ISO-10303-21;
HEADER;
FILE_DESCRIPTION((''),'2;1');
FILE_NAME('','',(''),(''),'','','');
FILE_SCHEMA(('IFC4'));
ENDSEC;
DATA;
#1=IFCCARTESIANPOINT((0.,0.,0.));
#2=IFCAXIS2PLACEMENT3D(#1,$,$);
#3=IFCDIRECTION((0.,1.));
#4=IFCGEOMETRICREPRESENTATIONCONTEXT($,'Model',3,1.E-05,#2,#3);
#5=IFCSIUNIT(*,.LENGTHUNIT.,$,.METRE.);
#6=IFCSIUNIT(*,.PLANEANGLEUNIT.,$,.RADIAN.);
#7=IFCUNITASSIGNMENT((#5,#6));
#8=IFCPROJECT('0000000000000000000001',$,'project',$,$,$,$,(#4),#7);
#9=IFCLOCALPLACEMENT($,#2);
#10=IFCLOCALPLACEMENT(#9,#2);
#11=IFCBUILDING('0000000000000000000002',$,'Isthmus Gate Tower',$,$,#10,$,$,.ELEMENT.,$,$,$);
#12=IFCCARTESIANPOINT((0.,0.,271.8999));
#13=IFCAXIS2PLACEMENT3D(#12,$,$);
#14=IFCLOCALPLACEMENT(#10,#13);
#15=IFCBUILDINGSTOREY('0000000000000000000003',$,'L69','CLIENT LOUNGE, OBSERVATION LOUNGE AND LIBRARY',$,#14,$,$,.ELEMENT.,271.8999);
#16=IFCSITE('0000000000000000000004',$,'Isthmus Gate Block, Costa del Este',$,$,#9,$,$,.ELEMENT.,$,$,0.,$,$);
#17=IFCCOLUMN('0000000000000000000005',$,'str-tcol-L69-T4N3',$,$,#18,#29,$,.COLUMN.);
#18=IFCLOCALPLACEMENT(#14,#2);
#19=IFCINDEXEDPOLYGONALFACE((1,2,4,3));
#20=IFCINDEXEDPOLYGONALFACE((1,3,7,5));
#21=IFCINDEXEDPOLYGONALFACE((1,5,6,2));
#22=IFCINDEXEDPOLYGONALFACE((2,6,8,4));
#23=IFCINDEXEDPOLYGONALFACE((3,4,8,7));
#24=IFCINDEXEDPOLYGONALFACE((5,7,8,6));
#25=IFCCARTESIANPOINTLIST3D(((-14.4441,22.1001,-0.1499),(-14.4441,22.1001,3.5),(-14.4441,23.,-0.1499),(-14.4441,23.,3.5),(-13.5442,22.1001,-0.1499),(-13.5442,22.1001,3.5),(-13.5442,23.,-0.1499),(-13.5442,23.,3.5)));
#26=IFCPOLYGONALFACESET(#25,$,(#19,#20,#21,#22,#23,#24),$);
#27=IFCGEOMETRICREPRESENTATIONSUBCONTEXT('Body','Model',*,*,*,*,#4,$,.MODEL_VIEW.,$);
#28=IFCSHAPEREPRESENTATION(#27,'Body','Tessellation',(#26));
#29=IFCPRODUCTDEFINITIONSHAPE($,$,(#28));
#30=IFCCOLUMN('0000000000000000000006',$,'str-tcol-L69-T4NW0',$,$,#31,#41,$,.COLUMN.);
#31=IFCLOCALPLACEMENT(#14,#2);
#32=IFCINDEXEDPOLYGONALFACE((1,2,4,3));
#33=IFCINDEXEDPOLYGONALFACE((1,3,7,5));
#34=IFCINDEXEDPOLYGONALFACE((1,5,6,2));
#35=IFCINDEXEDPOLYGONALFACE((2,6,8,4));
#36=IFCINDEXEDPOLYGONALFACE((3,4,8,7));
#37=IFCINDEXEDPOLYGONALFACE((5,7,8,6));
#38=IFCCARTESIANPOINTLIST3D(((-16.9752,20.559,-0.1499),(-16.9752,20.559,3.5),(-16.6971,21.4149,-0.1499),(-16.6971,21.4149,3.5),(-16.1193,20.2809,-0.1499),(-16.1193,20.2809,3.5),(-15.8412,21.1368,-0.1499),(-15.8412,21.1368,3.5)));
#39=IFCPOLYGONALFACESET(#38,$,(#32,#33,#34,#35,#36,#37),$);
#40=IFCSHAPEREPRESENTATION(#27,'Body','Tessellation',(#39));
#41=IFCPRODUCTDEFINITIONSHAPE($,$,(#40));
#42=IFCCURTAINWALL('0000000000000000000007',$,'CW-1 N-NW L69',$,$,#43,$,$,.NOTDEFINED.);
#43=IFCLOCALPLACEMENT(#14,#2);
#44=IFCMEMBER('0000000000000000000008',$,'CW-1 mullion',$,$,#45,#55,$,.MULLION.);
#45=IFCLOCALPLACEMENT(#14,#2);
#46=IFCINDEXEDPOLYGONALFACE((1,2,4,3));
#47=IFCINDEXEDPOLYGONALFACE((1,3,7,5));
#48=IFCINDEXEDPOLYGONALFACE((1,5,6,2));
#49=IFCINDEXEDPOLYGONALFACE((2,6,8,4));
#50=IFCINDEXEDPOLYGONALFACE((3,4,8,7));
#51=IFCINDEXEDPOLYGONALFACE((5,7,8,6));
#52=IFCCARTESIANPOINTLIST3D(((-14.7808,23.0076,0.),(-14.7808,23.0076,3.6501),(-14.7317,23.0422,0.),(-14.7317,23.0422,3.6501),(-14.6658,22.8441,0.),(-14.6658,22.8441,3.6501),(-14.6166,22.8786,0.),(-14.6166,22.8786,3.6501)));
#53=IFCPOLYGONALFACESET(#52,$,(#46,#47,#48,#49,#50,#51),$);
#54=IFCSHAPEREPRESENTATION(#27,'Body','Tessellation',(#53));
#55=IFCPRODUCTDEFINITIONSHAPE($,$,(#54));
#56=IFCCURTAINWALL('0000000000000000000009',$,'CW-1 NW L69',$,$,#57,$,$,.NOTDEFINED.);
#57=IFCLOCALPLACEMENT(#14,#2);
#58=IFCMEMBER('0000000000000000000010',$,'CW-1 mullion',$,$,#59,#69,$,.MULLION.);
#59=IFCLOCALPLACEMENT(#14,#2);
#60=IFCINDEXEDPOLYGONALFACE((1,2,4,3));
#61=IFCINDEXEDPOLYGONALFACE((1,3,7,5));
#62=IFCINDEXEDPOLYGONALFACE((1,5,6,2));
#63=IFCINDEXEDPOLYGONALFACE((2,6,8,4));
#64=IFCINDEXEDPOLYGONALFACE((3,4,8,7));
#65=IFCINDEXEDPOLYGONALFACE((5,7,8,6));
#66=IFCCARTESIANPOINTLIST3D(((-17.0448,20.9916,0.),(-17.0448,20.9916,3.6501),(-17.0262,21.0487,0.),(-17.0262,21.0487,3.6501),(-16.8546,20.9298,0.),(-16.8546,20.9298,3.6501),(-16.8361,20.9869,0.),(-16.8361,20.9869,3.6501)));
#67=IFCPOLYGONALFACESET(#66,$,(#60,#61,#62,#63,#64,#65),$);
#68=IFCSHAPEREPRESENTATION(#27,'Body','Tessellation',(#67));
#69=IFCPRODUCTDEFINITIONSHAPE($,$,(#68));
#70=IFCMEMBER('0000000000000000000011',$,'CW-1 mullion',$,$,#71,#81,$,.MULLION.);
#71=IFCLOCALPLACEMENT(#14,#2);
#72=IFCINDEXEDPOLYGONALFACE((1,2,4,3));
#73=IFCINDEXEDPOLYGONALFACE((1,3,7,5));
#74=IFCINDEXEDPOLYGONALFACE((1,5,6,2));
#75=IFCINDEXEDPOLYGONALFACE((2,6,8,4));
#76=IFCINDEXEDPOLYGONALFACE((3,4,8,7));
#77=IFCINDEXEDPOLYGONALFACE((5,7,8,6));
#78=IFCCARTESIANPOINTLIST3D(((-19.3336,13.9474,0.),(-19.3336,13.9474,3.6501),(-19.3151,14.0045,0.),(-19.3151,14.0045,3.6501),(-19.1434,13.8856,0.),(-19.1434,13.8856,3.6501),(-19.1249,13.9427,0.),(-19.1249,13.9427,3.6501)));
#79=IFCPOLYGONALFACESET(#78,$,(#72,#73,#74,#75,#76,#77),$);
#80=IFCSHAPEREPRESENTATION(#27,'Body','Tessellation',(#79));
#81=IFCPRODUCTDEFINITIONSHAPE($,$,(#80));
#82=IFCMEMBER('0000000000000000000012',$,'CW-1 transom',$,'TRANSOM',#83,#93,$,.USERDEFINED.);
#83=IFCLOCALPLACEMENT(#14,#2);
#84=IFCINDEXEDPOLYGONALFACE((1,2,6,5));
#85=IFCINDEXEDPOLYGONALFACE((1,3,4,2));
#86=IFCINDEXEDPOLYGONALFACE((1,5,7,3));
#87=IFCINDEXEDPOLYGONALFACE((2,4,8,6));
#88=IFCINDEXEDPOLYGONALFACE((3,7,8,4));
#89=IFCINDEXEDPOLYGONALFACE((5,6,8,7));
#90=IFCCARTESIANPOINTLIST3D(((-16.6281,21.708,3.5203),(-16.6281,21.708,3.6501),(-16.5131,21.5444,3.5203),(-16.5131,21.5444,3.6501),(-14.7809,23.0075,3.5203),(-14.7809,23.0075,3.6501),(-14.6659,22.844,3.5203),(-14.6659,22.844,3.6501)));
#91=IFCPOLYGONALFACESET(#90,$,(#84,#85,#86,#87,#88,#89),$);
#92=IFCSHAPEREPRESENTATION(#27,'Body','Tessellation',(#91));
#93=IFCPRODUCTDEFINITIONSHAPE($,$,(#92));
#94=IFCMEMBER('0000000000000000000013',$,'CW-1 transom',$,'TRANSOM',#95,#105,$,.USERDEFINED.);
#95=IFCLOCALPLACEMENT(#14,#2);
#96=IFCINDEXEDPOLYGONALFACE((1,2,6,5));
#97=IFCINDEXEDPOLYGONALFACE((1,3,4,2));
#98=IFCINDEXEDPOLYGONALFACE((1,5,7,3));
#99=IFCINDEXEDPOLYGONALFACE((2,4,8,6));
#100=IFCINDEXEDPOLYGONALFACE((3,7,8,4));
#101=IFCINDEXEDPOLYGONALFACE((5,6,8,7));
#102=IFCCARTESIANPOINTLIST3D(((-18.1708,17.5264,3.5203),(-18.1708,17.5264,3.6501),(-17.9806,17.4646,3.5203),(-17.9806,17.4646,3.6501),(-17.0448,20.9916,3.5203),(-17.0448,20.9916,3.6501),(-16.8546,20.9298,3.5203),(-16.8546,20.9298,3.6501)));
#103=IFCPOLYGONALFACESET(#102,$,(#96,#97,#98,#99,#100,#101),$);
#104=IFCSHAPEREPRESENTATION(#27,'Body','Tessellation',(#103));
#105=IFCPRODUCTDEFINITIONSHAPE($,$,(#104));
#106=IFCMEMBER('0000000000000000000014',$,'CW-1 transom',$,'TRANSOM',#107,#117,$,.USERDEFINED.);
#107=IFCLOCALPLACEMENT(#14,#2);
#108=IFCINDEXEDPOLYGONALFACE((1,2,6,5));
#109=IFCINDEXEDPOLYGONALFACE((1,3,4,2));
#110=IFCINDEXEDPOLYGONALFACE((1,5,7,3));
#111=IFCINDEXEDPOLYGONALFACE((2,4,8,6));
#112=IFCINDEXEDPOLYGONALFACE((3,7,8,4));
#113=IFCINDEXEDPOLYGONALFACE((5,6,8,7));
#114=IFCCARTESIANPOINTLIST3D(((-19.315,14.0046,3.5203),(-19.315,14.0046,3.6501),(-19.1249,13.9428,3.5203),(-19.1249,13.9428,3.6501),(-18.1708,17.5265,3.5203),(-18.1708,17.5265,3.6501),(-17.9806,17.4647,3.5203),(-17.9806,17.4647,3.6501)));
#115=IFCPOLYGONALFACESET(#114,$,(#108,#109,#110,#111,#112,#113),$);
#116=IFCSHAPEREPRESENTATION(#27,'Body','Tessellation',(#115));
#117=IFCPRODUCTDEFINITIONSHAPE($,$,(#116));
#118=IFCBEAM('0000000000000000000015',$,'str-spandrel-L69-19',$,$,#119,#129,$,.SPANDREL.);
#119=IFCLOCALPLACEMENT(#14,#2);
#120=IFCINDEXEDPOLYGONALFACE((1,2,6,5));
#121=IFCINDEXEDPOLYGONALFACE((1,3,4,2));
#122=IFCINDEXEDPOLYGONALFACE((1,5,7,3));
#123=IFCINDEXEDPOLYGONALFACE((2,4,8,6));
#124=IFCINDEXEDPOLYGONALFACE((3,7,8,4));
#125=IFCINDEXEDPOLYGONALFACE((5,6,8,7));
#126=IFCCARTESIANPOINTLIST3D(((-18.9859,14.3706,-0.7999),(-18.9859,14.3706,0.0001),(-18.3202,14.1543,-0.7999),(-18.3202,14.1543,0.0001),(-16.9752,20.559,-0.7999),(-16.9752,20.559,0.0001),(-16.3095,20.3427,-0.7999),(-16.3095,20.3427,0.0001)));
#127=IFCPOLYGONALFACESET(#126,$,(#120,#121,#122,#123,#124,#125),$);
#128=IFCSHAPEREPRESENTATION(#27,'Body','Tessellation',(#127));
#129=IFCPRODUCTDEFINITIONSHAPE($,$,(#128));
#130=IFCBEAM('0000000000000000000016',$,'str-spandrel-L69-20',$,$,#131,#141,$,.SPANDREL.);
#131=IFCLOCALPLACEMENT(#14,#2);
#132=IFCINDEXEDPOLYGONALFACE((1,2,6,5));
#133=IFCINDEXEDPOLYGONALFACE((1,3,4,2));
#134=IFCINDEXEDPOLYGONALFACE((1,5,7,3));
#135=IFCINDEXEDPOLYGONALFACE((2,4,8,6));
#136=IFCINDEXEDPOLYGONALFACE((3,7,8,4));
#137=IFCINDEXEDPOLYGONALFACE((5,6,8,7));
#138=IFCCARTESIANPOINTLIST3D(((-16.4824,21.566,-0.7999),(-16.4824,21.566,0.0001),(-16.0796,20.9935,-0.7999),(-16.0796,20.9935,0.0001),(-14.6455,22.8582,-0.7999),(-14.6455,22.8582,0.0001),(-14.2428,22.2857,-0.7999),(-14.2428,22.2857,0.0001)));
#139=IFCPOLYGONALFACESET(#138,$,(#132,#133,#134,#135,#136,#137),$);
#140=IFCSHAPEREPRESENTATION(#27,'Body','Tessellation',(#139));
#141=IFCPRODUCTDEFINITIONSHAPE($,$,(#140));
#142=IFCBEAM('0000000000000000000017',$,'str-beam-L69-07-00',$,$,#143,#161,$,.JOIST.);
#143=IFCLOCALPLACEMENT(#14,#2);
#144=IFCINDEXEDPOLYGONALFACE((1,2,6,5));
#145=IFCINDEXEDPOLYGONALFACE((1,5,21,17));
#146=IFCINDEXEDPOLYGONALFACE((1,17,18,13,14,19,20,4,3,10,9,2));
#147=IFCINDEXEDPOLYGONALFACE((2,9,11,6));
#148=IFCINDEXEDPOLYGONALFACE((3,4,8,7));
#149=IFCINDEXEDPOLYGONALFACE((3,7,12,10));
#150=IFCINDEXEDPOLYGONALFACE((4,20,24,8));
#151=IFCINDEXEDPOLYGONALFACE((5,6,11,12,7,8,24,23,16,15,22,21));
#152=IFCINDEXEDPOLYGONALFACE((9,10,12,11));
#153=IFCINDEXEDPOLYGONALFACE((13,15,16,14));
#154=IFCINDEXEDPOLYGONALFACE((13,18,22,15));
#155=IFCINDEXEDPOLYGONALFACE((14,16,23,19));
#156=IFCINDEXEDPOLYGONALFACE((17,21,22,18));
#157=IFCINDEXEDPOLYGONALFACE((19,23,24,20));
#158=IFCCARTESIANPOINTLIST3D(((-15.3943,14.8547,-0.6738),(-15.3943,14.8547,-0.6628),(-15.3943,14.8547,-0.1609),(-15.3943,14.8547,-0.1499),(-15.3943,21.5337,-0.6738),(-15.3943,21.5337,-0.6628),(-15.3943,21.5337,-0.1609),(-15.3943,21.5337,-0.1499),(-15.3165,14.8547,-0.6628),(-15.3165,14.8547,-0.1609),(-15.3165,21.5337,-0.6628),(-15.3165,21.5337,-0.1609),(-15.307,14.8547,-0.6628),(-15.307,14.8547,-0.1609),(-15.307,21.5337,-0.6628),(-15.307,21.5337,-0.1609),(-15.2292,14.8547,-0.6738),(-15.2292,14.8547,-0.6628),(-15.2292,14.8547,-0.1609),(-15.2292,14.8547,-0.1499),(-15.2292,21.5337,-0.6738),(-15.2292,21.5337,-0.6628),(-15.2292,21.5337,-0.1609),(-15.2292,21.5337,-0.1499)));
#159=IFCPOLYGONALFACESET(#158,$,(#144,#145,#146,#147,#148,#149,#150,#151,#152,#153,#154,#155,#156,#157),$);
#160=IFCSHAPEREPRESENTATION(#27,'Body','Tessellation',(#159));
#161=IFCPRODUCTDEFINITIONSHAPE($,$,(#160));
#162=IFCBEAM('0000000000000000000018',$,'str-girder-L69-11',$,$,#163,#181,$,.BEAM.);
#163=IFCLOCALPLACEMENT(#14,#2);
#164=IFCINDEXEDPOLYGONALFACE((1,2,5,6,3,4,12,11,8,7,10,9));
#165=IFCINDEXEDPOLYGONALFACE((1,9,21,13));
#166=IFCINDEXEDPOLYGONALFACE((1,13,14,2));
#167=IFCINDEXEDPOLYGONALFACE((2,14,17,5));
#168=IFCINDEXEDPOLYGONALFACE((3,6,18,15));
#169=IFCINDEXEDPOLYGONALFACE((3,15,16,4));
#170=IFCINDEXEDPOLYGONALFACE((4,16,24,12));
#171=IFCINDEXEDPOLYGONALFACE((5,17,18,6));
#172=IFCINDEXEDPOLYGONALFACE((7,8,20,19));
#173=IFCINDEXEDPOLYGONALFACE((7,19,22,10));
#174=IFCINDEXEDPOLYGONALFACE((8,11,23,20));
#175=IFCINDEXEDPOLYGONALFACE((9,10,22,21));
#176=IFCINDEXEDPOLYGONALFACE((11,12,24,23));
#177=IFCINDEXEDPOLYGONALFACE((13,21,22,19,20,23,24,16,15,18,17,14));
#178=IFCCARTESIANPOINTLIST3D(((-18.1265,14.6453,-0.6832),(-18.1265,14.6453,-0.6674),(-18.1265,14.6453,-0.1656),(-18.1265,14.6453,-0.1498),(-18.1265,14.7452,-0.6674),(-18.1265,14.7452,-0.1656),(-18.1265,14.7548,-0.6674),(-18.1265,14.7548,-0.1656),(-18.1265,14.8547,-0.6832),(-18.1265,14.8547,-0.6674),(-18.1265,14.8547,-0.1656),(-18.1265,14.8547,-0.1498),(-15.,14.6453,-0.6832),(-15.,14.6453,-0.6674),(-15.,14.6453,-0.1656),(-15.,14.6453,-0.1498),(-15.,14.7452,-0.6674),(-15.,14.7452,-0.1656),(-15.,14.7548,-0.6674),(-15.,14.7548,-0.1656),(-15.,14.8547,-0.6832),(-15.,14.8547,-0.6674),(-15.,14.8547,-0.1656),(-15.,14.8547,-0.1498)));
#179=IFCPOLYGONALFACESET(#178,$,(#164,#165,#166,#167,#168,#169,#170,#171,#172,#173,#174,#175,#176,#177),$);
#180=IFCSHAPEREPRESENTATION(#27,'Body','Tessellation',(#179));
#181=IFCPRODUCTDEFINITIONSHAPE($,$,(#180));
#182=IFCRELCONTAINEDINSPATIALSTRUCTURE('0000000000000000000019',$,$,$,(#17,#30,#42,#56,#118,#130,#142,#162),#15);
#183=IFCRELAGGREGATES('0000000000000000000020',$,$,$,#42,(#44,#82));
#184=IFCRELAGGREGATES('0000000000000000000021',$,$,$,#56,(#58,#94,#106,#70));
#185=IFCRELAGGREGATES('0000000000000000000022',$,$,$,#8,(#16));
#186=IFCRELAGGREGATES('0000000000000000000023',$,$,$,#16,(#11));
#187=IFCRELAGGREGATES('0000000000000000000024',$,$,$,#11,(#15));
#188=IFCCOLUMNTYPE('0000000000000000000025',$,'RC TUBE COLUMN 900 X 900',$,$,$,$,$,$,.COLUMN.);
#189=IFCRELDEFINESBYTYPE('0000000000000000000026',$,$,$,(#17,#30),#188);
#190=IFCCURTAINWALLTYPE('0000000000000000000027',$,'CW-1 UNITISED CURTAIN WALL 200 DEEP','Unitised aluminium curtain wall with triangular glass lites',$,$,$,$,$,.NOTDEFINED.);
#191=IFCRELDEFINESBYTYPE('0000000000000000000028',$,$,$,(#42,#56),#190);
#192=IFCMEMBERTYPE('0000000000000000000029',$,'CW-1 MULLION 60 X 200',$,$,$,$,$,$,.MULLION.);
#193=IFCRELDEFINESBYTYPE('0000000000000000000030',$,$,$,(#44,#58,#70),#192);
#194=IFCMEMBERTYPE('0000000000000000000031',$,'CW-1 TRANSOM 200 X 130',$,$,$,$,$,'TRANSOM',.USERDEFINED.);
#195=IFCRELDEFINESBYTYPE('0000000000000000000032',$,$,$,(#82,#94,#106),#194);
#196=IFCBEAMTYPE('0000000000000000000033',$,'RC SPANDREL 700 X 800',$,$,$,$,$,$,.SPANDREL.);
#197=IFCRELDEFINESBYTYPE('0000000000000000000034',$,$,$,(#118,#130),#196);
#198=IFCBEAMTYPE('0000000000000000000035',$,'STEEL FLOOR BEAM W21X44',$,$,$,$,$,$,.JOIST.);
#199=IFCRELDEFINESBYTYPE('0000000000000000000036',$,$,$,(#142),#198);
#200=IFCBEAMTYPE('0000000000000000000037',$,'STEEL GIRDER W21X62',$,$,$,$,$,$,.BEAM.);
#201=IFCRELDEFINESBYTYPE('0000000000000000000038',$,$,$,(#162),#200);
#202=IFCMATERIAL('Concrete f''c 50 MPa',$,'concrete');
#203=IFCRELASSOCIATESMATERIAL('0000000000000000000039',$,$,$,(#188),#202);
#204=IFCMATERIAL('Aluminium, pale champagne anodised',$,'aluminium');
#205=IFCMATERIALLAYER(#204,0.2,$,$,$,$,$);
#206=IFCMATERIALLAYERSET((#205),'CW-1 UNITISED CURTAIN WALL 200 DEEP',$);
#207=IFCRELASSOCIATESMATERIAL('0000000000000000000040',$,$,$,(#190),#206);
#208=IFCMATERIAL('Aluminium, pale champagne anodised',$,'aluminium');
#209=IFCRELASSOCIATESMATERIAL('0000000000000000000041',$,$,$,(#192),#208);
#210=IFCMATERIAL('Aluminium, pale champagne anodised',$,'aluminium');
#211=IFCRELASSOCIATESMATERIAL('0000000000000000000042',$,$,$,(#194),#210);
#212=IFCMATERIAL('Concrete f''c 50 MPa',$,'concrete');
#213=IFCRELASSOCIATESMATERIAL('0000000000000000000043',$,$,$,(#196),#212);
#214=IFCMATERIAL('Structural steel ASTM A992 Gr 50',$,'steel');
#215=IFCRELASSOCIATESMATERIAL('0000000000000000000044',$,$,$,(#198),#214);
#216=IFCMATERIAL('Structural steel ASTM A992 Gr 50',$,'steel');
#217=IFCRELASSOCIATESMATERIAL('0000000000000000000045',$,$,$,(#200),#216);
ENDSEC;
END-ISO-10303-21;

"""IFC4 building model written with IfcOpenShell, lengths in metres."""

from ifc_helpers import new_model, si_unit, direction, frame, origin, origin_2d, place, context, subcontext, project, spatial, rectangle, i_section, extrude, material, layer, layer_set, material_profile, profile_set, type_object, element, aggregate, save


model = new_model("IFC4")

# Units and contexts
model_context = context("Model", 3, precision=1e-05, world=origin(), true_north=direction((0.0, 1.0)))
body_context = subcontext(model_context, "Body", "Model", "MODEL_VIEW")
ifc_project = project(units=[si_unit("LENGTHUNIT", "METRE"), si_unit("PLANEANGLEUNIT", "RADIAN")], contexts=[model_context])

# Site, building, storey
site_placement = place(None, origin())
site = spatial("IfcSite", under=ifc_project, at=site_placement, Name="Isthmus Gate Block, Costa del Este", CompositionType="ELEMENT", RefElevation=0.0)
building_placement = place(site_placement, origin())
building = spatial("IfcBuilding", under=site, at=building_placement, Name="Isthmus Gate Tower", CompositionType="ELEMENT")
storey_placement = place(building_placement, frame((0.0, 0.0, 271.8999)))
storey = spatial("IfcBuildingStorey", under=building, at=storey_placement, Name="L69", Description="CLIENT LOUNGE, OBSERVATION LOUNGE AND LIBRARY", CompositionType="ELEMENT", Elevation=271.8999)

# Columns
ifc_material_1 = material(Name="Concrete f'c 50 MPa", Category="concrete")
ifc_material_profile_1 = material_profile(ifc_material_1, rectangle(XDim=0.8999, YDim=0.8999, at=origin_2d()), Name="RC 900X900")
ifc_profile_set_1 = profile_set([ifc_material_profile_1], Name="Concrete f'c 50 MPa")
column_type = type_object("IfcColumnType", Name="RC TUBE COLUMN 900 X 900", PredefinedType="COLUMN", material=ifc_profile_set_1)
for number, where, z_axis, x_axis, name in (
    (1, (-13.9941, 22.55, -0.1499), (0.0, 0.0, 1.0), (-1.0, 0.0, 0.0), "str-tcol-L69-T4N3"),
    (2, (-16.4082, 20.8479, -0.1499), (0.0, 0.0, 1.0), (-0.309017, -0.951057, 0.0), "str-tcol-L69-T4NW0"),
):
    element("IfcColumn", number, at=place(storey_placement, frame(where, z_axis=z_axis, x_axis=x_axis)), inside=storey, type_object=column_type, Name=name, PredefinedType="COLUMN", context=body_context, shape_type="SweptSolid", body=[
        extrude(rectangle(XDim=0.8999, YDim=0.8999, at=origin_2d()), origin(), (0.0, 0.0, 1.0), 3.6499),
    ])

# Curtain wall, member
ifc_material_2 = material(Name="Aluminium, pale champagne anodised", Category="aluminium")
ifc_layer_1 = layer(ifc_material_2, 0.2)
ifc_layer_set_1 = layer_set([ifc_layer_1], Name="CW-1 UNITISED CURTAIN WALL 200 DEEP")
curtain_wall_type = type_object("IfcCurtainWallType", Name="CW-1 UNITISED CURTAIN WALL 200 DEEP", Description="Unitised aluminium curtain wall with triangular glass lites", PredefinedType="NOTDEFINED", material=ifc_layer_set_1)
curtain_wall_1_placement = place(storey_placement, origin())
curtain_wall_1 = element("IfcCurtainWall", 3, at=curtain_wall_1_placement, inside=storey, type_object=curtain_wall_type, Name="CW-1 N-NW L69", PredefinedType="NOTDEFINED")
ifc_material_3 = material(Name="Aluminium, pale champagne anodised", Category="aluminium")
ifc_material_profile_2 = material_profile(ifc_material_3, rectangle(XDim=0.0601, YDim=0.2, at=origin_2d()), Name="60x200")
ifc_profile_set_2 = profile_set([ifc_material_profile_2], Name="Aluminium, pale champagne anodised")
member_type_1 = type_object("IfcMemberType", Name="CW-1 MULLION 60 X 200", PredefinedType="MULLION", material=ifc_profile_set_2)
member_1_placement = place(storey_placement, frame((-14.6987, 22.9431, 0.0), z_axis=(0.0, 0.0, 1.0), x_axis=(-0.81786, -0.575418, 0.0)))
member_1 = element("IfcMember", 4, at=member_1_placement, type_object=member_type_1, Name="CW-1 mullion", PredefinedType="MULLION", context=body_context, shape_type="SweptSolid", body=[
    extrude(rectangle(XDim=0.0601, YDim=0.2, at=origin_2d()), origin(), (0.0, 0.0, 1.0), 3.6501),
])

# Curtain wall, members
curtain_wall_2_placement = place(storey_placement, origin())
curtain_wall_2 = element("IfcCurtainWall", 5, at=curtain_wall_2_placement, inside=storey, type_object=curtain_wall_type, Name="CW-1 NW L69", PredefinedType="NOTDEFINED")
member_2_placement = place(storey_placement, frame((-16.9404, 20.9893, 0.0), z_axis=(0.0, 0.0, 1.0), x_axis=(-0.309017, -0.951057, 0.0)))
member_2 = element("IfcMember", 6, at=member_2_placement, type_object=member_type_1, Name="CW-1 mullion", PredefinedType="MULLION", context=body_context, shape_type="SweptSolid", body=[
    extrude(rectangle(XDim=0.0601, YDim=0.2, at=origin_2d()), origin(), (0.0, 0.0, 1.0), 3.6501),
])
member_3_placement = place(storey_placement, frame((-19.2292, 13.9451, 0.0), z_axis=(0.0, 0.0, 1.0), x_axis=(-0.309017, -0.951057, 0.0)))
member_3 = element("IfcMember", 7, at=member_3_placement, type_object=member_type_1, Name="CW-1 mullion", PredefinedType="MULLION", context=body_context, shape_type="SweptSolid", body=[
    extrude(rectangle(XDim=0.0601, YDim=0.2, at=origin_2d()), origin(), (0.0, 0.0, 1.0), 3.6501),
])

# Members
ifc_material_4 = material(Name="Aluminium, pale champagne anodised", Category="aluminium")
ifc_material_profile_3 = material_profile(ifc_material_4, rectangle(XDim=0.2, YDim=0.1299, at=origin_2d()), Name="200x130")
ifc_profile_set_3 = profile_set([ifc_material_profile_3], Name="Aluminium, pale champagne anodised")
member_type_2 = type_object("IfcMemberType", Name="CW-1 TRANSOM 200 X 130", ElementType="TRANSOM", PredefinedType="USERDEFINED", material=ifc_profile_set_3)
member_4_placement = place(storey_placement, frame((-14.7234, 22.9258, 3.5852), z_axis=(-0.817869, -0.575405, 0.0), x_axis=(0.575405, -0.817869, 0.0)))
member_4 = element("IfcMember", 8, at=member_4_placement, type_object=member_type_2, Name="CW-1 transom", ObjectType="TRANSOM", PredefinedType="USERDEFINED", context=body_context, shape_type="SweptSolid", body=[
    extrude(rectangle(XDim=0.2, YDim=0.1299, at=origin_2d()), origin(), (0.0, 0.0, 1.0), 2.2585),
])
member_5_placement = place(storey_placement, frame((-16.9497, 20.9607, 3.5852), z_axis=(-0.309042, -0.951048, 0.0), x_axis=(0.951048, -0.309042, 0.0)))
member_5 = element("IfcMember", 9, at=member_5_placement, type_object=member_type_2, Name="CW-1 transom", ObjectType="TRANSOM", PredefinedType="USERDEFINED", context=body_context, shape_type="SweptSolid", body=[
    extrude(rectangle(XDim=0.2, YDim=0.1299, at=origin_2d()), origin(), (0.0, 0.0, 1.0), 3.6436),
])
member_6_placement = place(storey_placement, frame((-18.0757, 17.4956, 3.5852), z_axis=(-0.309, -0.951062, 0.0), x_axis=(0.951062, -0.309, 0.0)))
member_6 = element("IfcMember", 10, at=member_6_placement, type_object=member_type_2, Name="CW-1 transom", ObjectType="TRANSOM", PredefinedType="USERDEFINED", context=body_context, shape_type="SweptSolid", body=[
    extrude(rectangle(XDim=0.2, YDim=0.1299, at=origin_2d()), origin(), (0.0, 0.0, 1.0), 3.7031),
])

# Beams
ifc_material_5 = material(Name="Concrete f'c 50 MPa", Category="concrete")
ifc_material_profile_4 = material_profile(ifc_material_5, rectangle(XDim=0.7, YDim=0.8, at=origin_2d()), Name="RC 700X800")
ifc_profile_set_4 = profile_set([ifc_material_profile_4], Name="Concrete f'c 50 MPa")
beam_type_1 = type_object("IfcBeamType", Name="RC SPANDREL 700 X 800", PredefinedType="SPANDREL", material=ifc_profile_set_4)
beam_1_placement = place(storey_placement, frame((-18.6531, 14.2625, -0.3999), z_axis=(0.309015, 0.951057, 0.0), x_axis=(-0.951057, 0.309015, 0.0)))
element("IfcBeam", 11, at=beam_1_placement, inside=storey, type_object=beam_type_1, Name="str-spandrel-L69-19", PredefinedType="SPANDREL", context=body_context, shape_type="SweptSolid", body=[
    extrude(rectangle(XDim=0.7, YDim=0.8, at=origin_2d()), origin(), (0.0, 0.0, 1.0), 6.5068),
])
beam_2_placement = place(storey_placement, frame((-16.281, 21.2798, -0.3999), z_axis=(0.817892, 0.575372, 0.0), x_axis=(-0.575372, 0.817892, 0.0)))
element("IfcBeam", 12, at=beam_2_placement, inside=storey, type_object=beam_type_1, Name="str-spandrel-L69-20", PredefinedType="SPANDREL", context=body_context, shape_type="SweptSolid", body=[
    extrude(rectangle(XDim=0.7, YDim=0.8, at=origin_2d()), origin(), (0.0, 0.0, 1.0), 2.2458),
])
ifc_material_6 = material(Name="Structural steel ASTM A992 Gr 50", Category="steel")
ifc_material_profile_5 = material_profile(ifc_material_6, i_section(OverallWidth=0.165, OverallDepth=0.5239, WebThickness=0.0095, FlangeThickness=0.011, at=origin_2d()), Name="W21X44")
ifc_profile_set_5 = profile_set([ifc_material_profile_5], Name="Structural steel ASTM A992 Gr 50")
beam_type_2 = type_object("IfcBeamType", Name="STEEL FLOOR BEAM W21X44", PredefinedType="JOIST", material=ifc_profile_set_5)
beam_3_placement = place(storey_placement, frame((-15.3118, 14.8547, -0.4119), z_axis=(0.0, 1.0, 0.0), x_axis=(-1.0, 0.0, 0.0)))
element("IfcBeam", 13, at=beam_3_placement, inside=storey, type_object=beam_type_2, Name="str-beam-L69-07-00", PredefinedType="JOIST", context=body_context, shape_type="SweptSolid", body=[
    extrude(i_section(OverallWidth=0.165, OverallDepth=0.5239, WebThickness=0.0095, FlangeThickness=0.011, at=origin_2d()), origin(), (0.0, 0.0, 1.0), 6.679),
])
ifc_material_7 = material(Name="Structural steel ASTM A992 Gr 50", Category="steel")
ifc_material_profile_6 = material_profile(ifc_material_7, i_section(OverallWidth=0.2095, OverallDepth=0.5334, WebThickness=0.0095, FlangeThickness=0.0159, at=origin_2d()), Name="W21X62")
ifc_profile_set_6 = profile_set([ifc_material_profile_6], Name="Structural steel ASTM A992 Gr 50")
beam_type_3 = type_object("IfcBeamType", Name="STEEL GIRDER W21X62", PredefinedType="BEAM", material=ifc_profile_set_6)
beam_4_placement = place(storey_placement, frame((-15.0, 14.75, -0.4165), z_axis=(-1.0, 0.0, 0.0), x_axis=(0.0, -1.0, 0.0)))
element("IfcBeam", 14, at=beam_4_placement, inside=storey, type_object=beam_type_3, Name="str-girder-L69-11", PredefinedType="BEAM", context=body_context, shape_type="SweptSolid", body=[
    extrude(i_section(OverallWidth=0.2095, OverallDepth=0.5334, WebThickness=0.0095, FlangeThickness=0.0159, at=origin_2d()), origin(), (0.0, 0.0, 1.0), 3.1265),
])

aggregate(curtain_wall_1, [member_1, member_4])

aggregate(curtain_wall_2, [member_2, member_5, member_6, member_3])

save(model, "model.ifc")
